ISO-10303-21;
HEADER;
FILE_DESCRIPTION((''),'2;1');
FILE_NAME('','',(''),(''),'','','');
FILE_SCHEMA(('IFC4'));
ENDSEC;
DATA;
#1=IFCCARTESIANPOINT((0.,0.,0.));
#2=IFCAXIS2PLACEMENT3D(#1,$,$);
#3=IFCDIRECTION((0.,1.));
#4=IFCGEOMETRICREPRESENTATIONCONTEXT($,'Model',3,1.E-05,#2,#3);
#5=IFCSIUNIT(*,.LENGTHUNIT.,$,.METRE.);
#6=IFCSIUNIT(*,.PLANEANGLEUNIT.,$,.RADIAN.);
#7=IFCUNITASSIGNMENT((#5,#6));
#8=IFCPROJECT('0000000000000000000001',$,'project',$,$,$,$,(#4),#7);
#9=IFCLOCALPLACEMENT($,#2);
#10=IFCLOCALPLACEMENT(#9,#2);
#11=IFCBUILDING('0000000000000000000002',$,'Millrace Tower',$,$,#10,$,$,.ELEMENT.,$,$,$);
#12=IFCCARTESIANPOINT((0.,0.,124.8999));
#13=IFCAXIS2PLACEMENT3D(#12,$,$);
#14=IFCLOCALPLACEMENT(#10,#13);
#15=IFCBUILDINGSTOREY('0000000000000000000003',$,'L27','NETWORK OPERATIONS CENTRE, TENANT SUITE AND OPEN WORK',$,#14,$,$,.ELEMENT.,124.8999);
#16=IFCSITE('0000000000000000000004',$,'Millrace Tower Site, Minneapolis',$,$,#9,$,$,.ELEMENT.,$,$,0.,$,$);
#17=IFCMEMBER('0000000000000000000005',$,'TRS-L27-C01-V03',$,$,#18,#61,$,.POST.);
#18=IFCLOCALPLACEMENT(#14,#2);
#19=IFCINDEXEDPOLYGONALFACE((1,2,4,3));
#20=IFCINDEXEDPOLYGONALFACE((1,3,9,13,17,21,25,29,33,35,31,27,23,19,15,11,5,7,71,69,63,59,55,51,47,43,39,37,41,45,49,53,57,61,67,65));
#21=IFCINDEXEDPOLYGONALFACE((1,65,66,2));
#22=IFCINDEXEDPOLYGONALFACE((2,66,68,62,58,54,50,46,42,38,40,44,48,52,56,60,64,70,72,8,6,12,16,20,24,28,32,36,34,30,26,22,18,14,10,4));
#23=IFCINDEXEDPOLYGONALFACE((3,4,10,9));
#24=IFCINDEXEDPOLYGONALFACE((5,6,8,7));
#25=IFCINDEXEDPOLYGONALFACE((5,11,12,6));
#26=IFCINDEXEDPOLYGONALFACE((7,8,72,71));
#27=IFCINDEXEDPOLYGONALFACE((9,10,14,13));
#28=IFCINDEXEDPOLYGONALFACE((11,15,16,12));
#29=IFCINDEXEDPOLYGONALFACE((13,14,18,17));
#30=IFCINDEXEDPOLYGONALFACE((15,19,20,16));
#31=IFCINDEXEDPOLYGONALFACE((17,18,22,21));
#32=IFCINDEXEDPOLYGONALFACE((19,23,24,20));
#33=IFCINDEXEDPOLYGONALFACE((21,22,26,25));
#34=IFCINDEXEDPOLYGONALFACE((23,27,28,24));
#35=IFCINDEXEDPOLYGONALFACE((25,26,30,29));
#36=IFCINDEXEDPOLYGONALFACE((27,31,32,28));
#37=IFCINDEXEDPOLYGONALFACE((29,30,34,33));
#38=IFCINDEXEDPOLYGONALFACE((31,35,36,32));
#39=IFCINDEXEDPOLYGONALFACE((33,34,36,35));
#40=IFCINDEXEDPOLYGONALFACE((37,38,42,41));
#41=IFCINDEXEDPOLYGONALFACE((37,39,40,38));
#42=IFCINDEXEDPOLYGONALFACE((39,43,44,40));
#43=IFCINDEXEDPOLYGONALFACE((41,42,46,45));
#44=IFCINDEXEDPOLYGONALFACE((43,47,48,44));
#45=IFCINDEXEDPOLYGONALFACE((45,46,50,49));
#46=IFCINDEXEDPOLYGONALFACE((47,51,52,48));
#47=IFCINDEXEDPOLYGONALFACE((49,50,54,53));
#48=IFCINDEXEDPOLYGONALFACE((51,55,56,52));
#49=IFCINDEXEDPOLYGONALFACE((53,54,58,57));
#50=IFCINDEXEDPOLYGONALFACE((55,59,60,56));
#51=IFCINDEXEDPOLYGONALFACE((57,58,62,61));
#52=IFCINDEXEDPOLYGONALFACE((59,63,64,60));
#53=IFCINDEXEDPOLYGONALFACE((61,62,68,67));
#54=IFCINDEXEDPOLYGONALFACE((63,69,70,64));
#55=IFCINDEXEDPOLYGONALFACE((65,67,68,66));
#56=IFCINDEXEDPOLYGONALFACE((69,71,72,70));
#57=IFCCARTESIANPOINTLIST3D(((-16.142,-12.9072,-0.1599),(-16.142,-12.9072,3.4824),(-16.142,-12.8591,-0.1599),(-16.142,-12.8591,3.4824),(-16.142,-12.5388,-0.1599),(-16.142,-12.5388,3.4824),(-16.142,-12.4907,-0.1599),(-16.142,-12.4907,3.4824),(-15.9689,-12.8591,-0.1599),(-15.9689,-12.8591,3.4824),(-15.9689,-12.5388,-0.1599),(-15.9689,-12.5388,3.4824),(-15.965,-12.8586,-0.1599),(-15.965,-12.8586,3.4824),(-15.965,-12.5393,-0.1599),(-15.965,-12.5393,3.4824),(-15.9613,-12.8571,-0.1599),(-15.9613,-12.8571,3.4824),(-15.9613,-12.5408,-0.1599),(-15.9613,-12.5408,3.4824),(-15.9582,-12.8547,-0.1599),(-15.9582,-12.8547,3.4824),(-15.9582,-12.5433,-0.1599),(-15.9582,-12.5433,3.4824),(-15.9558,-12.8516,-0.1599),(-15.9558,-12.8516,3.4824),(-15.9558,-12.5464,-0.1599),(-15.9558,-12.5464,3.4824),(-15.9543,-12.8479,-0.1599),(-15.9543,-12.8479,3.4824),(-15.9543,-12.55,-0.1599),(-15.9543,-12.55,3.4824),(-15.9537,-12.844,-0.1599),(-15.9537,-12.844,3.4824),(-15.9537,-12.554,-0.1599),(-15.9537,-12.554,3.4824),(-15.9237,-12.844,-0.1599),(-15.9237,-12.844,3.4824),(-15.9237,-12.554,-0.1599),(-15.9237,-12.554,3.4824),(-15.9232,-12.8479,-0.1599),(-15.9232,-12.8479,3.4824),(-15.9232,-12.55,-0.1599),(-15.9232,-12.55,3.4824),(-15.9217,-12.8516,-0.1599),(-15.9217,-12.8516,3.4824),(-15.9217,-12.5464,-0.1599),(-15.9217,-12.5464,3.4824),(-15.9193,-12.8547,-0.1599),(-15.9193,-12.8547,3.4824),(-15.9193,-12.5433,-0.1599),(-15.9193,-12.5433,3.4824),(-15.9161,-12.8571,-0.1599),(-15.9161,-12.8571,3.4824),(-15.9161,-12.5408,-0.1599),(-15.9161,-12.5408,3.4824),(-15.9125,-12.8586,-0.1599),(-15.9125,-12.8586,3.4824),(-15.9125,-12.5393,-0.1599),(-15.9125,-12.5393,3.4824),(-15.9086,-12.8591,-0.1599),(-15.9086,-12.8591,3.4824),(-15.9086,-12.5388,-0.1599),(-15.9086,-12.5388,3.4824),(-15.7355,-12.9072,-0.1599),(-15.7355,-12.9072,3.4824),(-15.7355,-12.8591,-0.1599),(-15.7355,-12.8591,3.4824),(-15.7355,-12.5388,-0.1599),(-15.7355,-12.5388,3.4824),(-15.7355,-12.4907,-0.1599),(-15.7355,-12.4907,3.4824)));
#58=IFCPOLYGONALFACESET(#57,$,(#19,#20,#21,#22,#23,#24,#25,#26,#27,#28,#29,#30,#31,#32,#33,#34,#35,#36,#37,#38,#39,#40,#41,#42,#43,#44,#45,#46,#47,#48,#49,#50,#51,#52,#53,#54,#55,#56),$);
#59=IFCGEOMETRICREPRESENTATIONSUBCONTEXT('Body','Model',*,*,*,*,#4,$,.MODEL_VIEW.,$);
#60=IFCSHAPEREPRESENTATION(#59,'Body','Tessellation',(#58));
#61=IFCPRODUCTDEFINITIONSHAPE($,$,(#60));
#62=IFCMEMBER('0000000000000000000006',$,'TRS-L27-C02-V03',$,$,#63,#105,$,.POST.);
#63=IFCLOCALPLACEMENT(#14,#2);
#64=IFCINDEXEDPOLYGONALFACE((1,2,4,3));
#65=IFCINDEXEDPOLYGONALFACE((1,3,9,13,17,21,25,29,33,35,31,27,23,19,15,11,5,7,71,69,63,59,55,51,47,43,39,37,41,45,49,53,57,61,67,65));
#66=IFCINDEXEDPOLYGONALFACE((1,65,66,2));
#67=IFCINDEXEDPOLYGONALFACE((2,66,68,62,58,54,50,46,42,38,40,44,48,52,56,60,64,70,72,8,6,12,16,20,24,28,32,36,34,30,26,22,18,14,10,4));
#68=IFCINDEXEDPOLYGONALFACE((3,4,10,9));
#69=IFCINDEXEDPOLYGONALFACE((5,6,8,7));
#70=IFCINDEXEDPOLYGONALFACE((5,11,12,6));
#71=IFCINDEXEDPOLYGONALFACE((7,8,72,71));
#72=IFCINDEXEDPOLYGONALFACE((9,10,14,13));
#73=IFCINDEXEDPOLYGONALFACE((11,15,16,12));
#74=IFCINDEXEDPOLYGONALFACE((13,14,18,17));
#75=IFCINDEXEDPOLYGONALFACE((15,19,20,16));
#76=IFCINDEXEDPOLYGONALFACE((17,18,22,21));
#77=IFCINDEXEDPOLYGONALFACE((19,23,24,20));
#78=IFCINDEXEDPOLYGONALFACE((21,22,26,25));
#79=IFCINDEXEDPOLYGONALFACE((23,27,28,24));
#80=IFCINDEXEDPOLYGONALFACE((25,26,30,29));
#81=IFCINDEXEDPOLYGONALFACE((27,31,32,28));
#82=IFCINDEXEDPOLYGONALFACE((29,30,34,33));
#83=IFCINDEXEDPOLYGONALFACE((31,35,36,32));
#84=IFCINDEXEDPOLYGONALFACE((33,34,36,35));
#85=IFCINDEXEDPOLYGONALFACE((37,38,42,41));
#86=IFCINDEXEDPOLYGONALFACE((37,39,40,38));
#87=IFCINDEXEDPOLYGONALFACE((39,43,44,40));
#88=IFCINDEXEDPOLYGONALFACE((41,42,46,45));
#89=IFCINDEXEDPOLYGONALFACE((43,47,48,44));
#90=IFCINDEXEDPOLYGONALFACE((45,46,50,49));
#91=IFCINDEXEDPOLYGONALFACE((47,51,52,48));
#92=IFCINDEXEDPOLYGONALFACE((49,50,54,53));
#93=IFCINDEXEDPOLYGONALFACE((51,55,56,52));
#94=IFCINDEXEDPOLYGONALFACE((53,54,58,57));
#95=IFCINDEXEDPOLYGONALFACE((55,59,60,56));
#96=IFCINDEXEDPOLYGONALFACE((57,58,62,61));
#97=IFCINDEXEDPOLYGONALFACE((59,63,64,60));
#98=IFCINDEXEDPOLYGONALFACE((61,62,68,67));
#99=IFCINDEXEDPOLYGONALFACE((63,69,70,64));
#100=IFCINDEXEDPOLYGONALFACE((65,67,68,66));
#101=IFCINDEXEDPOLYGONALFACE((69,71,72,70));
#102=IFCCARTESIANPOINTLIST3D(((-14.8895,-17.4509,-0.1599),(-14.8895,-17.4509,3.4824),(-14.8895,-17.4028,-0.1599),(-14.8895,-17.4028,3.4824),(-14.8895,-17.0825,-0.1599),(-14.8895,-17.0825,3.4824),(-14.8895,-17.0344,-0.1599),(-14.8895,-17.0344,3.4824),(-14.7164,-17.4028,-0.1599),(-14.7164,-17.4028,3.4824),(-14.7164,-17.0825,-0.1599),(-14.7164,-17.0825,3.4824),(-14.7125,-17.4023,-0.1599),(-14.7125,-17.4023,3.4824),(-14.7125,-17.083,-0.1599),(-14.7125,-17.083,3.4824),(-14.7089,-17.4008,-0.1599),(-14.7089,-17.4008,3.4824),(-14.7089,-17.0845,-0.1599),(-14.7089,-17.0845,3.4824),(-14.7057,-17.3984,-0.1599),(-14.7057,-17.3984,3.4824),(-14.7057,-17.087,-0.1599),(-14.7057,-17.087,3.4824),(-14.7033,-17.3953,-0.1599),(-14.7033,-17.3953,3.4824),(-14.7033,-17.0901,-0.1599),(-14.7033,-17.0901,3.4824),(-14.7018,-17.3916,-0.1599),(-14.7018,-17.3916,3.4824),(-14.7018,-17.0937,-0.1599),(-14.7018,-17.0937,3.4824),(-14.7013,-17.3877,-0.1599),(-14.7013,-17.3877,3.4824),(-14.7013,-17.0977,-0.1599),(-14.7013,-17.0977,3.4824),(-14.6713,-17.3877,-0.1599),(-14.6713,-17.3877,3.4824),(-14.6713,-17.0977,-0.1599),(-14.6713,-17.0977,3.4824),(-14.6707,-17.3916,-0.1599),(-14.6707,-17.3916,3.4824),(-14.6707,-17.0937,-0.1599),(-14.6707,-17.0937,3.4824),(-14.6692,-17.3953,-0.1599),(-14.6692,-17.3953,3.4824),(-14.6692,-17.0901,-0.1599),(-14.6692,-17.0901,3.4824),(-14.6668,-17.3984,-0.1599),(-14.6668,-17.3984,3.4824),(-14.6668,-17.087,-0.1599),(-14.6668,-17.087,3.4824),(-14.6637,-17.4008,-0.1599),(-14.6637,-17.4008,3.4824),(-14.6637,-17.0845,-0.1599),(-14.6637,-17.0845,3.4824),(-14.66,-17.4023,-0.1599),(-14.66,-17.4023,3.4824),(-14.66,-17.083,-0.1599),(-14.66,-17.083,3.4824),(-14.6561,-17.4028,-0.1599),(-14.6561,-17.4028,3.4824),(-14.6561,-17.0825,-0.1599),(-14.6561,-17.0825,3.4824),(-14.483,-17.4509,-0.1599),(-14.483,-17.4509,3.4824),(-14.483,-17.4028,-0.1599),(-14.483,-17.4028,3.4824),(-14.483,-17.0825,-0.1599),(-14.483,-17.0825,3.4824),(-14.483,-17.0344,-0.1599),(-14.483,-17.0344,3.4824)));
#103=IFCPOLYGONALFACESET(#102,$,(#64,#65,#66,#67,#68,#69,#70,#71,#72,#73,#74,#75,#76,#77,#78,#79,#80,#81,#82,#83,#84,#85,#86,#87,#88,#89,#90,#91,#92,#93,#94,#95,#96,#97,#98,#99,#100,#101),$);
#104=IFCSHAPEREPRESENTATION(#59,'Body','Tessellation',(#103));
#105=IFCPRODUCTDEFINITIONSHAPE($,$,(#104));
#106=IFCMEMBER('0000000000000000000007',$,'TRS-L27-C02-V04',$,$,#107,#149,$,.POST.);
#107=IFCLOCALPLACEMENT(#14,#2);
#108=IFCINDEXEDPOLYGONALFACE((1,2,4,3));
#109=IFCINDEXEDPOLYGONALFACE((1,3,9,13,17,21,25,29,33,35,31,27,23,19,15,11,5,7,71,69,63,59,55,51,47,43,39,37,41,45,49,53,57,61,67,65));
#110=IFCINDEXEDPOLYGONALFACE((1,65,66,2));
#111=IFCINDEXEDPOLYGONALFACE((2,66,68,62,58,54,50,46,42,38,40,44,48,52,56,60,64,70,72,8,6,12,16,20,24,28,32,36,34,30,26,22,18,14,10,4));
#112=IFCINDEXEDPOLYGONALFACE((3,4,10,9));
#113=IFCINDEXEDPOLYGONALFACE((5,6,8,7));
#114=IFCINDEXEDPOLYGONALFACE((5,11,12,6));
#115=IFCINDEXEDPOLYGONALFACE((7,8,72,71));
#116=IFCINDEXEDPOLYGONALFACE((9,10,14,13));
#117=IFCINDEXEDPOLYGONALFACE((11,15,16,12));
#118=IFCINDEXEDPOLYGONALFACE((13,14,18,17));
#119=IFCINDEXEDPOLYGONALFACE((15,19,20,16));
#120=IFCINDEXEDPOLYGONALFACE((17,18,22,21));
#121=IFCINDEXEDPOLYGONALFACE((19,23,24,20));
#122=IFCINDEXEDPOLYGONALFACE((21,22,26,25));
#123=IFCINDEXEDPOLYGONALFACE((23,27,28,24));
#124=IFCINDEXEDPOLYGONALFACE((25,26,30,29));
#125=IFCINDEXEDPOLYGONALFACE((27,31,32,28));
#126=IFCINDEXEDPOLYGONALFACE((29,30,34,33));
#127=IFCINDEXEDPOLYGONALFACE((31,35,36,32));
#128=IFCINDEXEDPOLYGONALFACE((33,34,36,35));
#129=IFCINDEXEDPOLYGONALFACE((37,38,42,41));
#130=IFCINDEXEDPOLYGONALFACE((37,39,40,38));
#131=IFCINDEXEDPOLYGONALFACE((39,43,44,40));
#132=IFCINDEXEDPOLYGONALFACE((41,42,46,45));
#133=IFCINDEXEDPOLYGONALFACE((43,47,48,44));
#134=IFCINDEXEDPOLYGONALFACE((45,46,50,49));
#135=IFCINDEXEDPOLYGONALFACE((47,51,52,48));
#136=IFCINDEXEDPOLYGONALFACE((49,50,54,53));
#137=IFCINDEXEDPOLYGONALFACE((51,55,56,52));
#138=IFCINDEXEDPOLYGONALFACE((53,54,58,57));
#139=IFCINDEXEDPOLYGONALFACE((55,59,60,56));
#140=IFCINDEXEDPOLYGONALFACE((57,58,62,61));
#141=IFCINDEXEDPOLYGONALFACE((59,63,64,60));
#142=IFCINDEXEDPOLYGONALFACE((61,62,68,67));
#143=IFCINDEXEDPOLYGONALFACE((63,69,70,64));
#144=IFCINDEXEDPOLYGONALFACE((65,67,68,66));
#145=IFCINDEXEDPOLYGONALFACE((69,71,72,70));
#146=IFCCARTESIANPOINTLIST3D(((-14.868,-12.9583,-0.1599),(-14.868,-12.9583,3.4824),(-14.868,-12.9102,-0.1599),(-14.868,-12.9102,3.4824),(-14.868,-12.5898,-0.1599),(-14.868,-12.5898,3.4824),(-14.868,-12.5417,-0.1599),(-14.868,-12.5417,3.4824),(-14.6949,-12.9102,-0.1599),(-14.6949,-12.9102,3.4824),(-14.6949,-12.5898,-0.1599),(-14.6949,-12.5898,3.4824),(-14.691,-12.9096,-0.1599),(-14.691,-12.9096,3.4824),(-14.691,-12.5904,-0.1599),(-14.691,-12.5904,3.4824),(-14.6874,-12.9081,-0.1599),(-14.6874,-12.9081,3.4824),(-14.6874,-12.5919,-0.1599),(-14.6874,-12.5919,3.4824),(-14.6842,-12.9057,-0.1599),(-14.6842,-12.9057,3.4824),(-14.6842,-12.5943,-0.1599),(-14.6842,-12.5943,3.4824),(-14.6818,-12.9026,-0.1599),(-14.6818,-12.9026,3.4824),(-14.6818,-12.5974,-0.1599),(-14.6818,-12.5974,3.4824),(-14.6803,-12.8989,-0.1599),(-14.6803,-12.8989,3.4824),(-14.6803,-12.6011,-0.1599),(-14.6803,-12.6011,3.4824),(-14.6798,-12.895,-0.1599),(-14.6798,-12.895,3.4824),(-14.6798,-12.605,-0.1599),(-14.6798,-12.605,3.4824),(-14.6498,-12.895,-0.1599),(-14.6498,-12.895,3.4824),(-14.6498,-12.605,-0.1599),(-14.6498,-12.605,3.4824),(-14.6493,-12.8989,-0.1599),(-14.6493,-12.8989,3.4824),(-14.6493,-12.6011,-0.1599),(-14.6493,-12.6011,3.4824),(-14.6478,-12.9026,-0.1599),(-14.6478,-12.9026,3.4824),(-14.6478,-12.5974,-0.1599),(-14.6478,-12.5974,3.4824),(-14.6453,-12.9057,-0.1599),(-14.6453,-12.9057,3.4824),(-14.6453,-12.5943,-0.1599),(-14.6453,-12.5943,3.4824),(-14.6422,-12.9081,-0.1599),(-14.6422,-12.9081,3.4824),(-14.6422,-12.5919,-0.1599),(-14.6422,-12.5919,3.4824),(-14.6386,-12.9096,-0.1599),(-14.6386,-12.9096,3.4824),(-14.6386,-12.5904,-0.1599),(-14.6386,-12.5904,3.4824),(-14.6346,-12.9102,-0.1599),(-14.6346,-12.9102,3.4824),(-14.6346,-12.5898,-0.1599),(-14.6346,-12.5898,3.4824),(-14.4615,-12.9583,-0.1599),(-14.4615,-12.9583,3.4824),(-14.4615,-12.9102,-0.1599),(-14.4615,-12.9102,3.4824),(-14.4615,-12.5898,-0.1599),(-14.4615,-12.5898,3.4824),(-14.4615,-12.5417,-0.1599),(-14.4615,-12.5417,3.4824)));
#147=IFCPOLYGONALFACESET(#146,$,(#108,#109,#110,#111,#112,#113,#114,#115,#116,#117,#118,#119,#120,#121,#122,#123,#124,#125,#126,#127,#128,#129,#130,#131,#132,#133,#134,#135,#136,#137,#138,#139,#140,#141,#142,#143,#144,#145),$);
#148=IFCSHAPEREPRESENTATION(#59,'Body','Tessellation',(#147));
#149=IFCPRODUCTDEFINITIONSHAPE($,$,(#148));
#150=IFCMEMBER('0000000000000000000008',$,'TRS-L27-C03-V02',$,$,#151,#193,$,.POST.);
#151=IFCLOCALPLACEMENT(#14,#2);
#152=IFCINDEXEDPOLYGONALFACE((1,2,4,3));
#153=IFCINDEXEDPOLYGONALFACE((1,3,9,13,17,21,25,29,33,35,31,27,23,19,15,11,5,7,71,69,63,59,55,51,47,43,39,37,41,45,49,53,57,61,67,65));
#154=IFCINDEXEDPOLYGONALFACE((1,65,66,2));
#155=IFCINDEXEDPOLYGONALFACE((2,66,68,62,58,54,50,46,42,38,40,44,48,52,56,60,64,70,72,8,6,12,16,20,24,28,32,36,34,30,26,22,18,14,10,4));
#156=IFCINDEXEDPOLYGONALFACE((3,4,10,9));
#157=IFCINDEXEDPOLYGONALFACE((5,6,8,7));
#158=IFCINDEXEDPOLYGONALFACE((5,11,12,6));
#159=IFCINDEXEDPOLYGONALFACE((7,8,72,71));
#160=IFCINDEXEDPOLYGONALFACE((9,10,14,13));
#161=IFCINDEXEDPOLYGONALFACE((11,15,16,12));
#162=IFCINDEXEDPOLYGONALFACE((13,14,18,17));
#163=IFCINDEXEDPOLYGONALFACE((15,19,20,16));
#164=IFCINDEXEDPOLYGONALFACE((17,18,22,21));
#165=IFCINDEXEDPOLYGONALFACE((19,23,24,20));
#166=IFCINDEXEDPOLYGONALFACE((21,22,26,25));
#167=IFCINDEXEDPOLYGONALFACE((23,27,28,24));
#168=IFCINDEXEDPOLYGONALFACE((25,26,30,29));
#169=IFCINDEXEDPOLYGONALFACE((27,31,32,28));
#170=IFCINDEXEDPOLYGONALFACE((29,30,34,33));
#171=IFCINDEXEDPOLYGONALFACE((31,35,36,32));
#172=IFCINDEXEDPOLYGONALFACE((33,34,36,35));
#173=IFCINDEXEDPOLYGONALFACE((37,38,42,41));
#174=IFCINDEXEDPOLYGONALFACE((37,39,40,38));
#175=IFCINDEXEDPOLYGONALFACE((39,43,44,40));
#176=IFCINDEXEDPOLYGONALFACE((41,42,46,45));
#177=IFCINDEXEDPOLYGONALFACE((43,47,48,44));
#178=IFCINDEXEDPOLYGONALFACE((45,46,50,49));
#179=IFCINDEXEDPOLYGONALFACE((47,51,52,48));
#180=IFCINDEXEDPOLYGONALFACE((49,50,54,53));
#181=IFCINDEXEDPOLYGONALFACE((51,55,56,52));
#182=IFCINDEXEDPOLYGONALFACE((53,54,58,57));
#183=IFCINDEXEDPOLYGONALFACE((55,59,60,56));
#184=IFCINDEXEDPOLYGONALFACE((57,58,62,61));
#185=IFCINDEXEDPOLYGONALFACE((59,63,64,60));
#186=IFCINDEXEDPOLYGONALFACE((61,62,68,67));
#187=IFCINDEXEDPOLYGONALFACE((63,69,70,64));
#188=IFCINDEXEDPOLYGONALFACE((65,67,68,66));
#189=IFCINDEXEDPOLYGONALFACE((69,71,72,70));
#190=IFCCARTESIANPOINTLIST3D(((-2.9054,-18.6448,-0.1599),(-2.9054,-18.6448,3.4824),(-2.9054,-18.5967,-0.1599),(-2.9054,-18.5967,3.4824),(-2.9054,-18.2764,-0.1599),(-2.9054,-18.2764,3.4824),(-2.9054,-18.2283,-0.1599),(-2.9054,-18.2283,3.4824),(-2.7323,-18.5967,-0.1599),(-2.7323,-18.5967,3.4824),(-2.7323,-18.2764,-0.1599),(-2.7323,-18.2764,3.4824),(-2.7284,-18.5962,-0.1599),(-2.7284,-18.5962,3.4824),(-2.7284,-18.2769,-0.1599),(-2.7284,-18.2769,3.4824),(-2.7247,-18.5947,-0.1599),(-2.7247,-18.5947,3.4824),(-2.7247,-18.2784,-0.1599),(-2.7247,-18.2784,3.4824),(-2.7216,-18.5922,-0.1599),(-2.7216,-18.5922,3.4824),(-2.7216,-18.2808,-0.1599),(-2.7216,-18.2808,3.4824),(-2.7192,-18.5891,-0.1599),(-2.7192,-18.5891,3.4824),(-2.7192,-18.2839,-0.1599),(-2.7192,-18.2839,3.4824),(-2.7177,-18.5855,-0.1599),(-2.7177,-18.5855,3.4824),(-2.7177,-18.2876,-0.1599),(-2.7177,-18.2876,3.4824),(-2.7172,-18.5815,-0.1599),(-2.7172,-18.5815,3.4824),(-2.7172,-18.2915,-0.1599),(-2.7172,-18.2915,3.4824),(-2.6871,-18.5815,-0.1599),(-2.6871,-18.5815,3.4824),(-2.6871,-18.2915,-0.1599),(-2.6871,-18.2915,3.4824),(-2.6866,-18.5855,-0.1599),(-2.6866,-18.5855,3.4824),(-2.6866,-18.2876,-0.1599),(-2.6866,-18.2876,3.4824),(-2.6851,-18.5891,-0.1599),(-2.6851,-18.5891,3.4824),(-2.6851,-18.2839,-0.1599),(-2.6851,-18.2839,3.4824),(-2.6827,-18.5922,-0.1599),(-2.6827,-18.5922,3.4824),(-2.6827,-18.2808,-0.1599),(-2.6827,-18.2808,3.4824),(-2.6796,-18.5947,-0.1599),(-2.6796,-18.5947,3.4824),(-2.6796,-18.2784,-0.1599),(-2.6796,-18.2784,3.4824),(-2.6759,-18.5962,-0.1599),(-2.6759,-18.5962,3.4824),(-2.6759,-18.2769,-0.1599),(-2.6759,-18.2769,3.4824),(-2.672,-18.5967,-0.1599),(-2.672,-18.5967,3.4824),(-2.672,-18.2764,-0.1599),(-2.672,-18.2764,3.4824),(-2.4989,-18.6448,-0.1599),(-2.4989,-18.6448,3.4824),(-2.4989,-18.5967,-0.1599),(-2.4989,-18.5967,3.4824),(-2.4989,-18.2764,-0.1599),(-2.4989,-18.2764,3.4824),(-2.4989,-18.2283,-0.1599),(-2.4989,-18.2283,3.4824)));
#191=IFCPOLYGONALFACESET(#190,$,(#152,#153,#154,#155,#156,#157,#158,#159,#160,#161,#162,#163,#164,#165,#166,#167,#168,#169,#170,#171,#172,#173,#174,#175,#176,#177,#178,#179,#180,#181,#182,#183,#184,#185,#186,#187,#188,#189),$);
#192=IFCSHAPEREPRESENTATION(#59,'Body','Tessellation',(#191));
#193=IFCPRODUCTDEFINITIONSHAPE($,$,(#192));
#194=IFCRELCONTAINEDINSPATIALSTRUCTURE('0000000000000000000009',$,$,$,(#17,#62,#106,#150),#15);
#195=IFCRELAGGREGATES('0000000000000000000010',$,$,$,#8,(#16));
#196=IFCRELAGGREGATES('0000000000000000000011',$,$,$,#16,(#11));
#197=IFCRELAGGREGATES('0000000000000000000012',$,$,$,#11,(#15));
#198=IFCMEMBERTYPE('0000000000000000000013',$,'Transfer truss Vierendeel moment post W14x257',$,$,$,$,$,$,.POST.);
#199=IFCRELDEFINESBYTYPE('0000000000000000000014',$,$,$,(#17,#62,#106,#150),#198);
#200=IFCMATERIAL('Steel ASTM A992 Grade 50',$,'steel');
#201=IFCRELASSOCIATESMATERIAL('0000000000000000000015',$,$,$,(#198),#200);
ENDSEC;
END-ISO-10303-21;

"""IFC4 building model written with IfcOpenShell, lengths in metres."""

from ifc_helpers import new_model, si_unit, direction, frame, origin, origin_2d, place, context, subcontext, project, spatial, i_section, extrude, material, material_profile, profile_set, type_object, element, save


model = new_model("IFC4")

# Units and contexts
model_context = context("Model", 3, precision=1e-05, world=origin(), true_north=direction((0.0, 1.0)))
body_context = subcontext(model_context, "Body", "Model", "MODEL_VIEW")
ifc_project = project(units=[si_unit("LENGTHUNIT", "METRE"), si_unit("PLANEANGLEUNIT", "RADIAN")], contexts=[model_context])

# Site, building, storey
site_placement = place(None, origin())
site = spatial("IfcSite", under=ifc_project, at=site_placement, Name="Millrace Tower Site, Minneapolis", CompositionType="ELEMENT", RefElevation=0.0)
building_placement = place(site_placement, origin())
building = spatial("IfcBuilding", under=site, at=building_placement, Name="Millrace Tower", CompositionType="ELEMENT")
storey_placement = place(building_placement, frame((0.0, 0.0, 124.8999)))
storey = spatial("IfcBuildingStorey", under=building, at=storey_placement, Name="L27", Description="NETWORK OPERATIONS CENTRE, TENANT SUITE AND OPEN WORK", CompositionType="ELEMENT", Elevation=124.8999)

# Members
ifc_material_1 = material(Name="Steel ASTM A992 Grade 50", Category="steel")
ifc_material_profile_1 = material_profile(ifc_material_1, i_section(OverallWidth=0.4065, OverallDepth=0.4165, WebThickness=0.03, FlangeThickness=0.0481, FilletRadius=0.0151, at=origin_2d()))
ifc_profile_set_1 = profile_set([ifc_material_profile_1], Name="Steel ASTM A992 Grade 50")
member_type = type_object("IfcMemberType", Name="Transfer truss Vierendeel moment post W14x257", PredefinedType="POST", material=ifc_profile_set_1)
for number, where, z_axis, x_axis, name in (
    (1, (-15.9387, -12.699, -0.1599), (0.0, 0.0, 1.0), (1.0, 0.0, 0.0), "TRS-L27-C01-V03"),
    (2, (-14.6863, -17.2427, -0.1599), (0.0, 0.0, 1.0), (1.0, 0.0, 0.0), "TRS-L27-C02-V03"),
    (3, (-14.6648, -12.75, -0.1599), (0.0, 0.0, 1.0), (1.0, 0.0, 0.0), "TRS-L27-C02-V04"),
    (4, (-2.7021, -18.4365, -0.1599), (0.0, 0.0, 1.0), (1.0, 0.0, 0.0), "TRS-L27-C03-V02"),
):
    element("IfcMember", number, at=place(storey_placement, frame(where, z_axis=z_axis, x_axis=x_axis)), inside=storey, type_object=member_type, Name=name, PredefinedType="POST", context=body_context, shape_type="SweptSolid", body=[
        extrude(i_section(OverallWidth=0.4065, OverallDepth=0.4165, WebThickness=0.03, FlangeThickness=0.0481, FilletRadius=0.0151, at=origin_2d()), origin(), (0.0, 0.0, 1.0), 3.6423),
    ])

save(model, "model.ifc")
